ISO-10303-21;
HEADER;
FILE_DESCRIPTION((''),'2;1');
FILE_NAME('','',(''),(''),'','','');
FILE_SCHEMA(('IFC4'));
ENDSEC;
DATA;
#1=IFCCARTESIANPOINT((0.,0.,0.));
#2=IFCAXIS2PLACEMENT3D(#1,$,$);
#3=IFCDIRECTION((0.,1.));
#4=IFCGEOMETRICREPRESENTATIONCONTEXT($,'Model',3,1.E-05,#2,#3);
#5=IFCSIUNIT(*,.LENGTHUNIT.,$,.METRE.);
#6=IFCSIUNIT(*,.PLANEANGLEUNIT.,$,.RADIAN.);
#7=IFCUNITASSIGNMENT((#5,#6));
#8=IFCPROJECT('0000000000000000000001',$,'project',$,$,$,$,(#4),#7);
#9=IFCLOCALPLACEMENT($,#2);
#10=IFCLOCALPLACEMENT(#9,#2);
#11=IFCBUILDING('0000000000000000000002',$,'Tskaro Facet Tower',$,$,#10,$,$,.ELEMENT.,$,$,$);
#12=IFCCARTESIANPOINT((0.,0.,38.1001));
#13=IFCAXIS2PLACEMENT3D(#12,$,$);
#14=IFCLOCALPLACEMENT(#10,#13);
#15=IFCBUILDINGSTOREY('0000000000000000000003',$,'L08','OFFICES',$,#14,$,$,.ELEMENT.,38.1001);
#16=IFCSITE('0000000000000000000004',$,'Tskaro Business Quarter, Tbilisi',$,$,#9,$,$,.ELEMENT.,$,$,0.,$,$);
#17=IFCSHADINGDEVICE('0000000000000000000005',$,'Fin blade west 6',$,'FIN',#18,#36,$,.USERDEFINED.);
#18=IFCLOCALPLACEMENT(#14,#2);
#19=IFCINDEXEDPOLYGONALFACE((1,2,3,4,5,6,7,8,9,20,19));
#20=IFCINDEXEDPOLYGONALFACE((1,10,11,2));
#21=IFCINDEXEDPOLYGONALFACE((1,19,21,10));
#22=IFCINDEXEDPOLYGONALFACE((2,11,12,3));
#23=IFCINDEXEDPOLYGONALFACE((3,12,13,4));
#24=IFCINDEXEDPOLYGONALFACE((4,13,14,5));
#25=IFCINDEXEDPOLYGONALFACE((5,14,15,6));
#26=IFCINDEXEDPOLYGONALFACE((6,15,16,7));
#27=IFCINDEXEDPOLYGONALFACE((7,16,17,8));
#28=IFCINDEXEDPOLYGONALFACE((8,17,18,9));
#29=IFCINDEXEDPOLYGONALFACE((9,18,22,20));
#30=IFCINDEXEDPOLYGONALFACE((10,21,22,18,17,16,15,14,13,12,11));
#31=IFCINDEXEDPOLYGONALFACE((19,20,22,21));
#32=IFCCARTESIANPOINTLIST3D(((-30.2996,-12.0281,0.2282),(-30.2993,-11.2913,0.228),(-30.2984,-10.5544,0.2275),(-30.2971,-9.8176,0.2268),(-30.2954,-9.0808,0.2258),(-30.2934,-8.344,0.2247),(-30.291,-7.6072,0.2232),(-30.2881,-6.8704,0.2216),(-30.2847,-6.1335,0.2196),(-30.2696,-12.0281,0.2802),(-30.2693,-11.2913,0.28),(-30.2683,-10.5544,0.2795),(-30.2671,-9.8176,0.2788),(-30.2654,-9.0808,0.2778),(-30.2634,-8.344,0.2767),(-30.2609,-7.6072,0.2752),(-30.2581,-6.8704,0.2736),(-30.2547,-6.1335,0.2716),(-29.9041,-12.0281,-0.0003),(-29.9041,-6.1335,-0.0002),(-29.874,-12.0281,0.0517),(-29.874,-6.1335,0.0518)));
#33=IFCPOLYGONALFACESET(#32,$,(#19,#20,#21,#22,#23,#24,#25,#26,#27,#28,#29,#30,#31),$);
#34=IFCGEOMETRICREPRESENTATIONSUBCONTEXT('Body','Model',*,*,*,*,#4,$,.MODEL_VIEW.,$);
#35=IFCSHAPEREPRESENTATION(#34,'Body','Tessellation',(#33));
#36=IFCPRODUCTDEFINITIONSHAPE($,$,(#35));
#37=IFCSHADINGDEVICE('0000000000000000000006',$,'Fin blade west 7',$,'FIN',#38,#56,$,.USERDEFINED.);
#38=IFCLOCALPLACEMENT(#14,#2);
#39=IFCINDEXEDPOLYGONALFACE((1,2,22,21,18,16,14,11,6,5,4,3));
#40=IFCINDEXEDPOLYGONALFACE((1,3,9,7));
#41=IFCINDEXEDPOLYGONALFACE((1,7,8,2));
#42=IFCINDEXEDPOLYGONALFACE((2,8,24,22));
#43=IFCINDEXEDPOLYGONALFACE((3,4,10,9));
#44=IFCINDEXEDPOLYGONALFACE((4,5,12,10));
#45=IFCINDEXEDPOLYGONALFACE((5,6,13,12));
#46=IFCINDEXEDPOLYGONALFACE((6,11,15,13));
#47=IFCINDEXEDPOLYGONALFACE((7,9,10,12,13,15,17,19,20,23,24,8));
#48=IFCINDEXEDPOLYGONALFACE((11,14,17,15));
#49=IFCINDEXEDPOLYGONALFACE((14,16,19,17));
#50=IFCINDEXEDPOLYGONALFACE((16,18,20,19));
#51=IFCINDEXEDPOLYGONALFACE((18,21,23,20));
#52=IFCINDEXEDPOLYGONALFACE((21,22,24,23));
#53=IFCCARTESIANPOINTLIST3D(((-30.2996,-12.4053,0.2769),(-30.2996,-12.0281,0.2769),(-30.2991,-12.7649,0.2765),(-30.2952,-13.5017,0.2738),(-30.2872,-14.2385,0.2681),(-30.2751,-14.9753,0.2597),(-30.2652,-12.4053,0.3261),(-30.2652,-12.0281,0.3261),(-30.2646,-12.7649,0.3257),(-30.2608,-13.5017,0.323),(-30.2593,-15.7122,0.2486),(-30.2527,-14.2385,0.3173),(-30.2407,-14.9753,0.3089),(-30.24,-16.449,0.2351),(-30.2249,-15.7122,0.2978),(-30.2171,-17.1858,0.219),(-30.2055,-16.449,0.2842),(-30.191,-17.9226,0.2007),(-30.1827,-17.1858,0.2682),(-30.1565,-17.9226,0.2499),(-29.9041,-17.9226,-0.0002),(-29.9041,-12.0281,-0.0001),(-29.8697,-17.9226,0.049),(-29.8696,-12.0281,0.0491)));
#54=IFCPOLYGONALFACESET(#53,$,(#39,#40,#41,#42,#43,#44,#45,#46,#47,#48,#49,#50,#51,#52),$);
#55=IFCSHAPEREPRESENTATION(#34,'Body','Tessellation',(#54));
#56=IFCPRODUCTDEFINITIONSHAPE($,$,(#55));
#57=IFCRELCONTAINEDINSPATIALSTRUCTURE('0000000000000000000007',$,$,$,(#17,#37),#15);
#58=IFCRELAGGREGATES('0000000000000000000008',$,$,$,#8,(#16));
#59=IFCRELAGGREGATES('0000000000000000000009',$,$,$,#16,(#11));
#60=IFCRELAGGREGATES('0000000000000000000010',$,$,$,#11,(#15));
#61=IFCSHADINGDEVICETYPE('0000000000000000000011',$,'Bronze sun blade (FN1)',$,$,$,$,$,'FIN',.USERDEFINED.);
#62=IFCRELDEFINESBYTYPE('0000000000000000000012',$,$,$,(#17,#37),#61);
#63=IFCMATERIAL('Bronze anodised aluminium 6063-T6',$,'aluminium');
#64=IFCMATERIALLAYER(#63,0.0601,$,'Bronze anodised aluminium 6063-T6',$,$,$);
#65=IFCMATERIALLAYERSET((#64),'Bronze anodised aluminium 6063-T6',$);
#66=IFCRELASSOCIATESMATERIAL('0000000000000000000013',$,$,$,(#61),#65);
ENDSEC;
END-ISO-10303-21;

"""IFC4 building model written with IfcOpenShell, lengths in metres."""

from ifc_helpers import new_model, si_unit, direction, frame, origin, place, context, subcontext, project, spatial, polyline, outline, extrude, material, layer, layer_set, type_object, element, save


model = new_model("IFC4")

# Units and contexts
model_context = context("Model", 3, precision=1e-05, world=origin(), true_north=direction((0.0, 1.0)))
body_context = subcontext(model_context, "Body", "Model", "MODEL_VIEW")
ifc_project = project(units=[si_unit("LENGTHUNIT", "METRE"), si_unit("PLANEANGLEUNIT", "RADIAN")], contexts=[model_context])

# Site, building, storey
site_placement = place(None, origin())
site = spatial("IfcSite", under=ifc_project, at=site_placement, Name="Tskaro Business Quarter, Tbilisi", CompositionType="ELEMENT", RefElevation=0.0)
building_placement = place(site_placement, origin())
building = spatial("IfcBuilding", under=site, at=building_placement, Name="Tskaro Facet Tower", CompositionType="ELEMENT")
storey_placement = place(building_placement, frame((0.0, 0.0, 38.1001)))
storey = spatial("IfcBuildingStorey", under=building, at=storey_placement, Name="L08", Description="OFFICES", CompositionType="ELEMENT", Elevation=38.1001)

# Shared definitions
ifc_material_1 = material(Name="Bronze anodised aluminium 6063-T6", Category="aluminium")

# Shading devices
ifc_layer_1 = layer(ifc_material_1, 0.0601, Name="Bronze anodised aluminium 6063-T6")
ifc_layer_set_1 = layer_set([ifc_layer_1], Name="Bronze anodised aluminium 6063-T6")
shading_device_type = type_object("IfcShadingDeviceType", Name="Bronze sun blade (FN1)", ElementType="FIN", PredefinedType="USERDEFINED", material=ifc_layer_set_1)
shading_device_1_placement = place(storey_placement, frame((-29.874, -6.1335, 0.0518), z_axis=(0.500177, -0.000004, 0.865923), x_axis=(-0.000002, -1.0, -0.000003)))
element("IfcShadingDevice", 1, at=shading_device_1_placement, inside=storey, type_object=shading_device_type, Name="Fin blade west 6", ObjectType="FIN", PredefinedType="USERDEFINED", context=body_context, shape_type="SweptSolid", body=[
    extrude(outline(polyline([(0.0, 0.0), (5.8945, 0.0), (5.8945, -0.4568), (5.1577, -0.4564), (4.4209, -0.4554), (3.6841, -0.4539), (2.9473, -0.452), (2.2104, -0.4497), (1.4736, -0.4468), (0.7368, -0.4435), (0.0, -0.4396), (0.0, 0.0)])), origin(), (0.0, 0.0, -1.0), 0.0601),
])
shading_device_2_placement = place(storey_placement, frame((-29.8696, -12.0281, 0.0491), z_axis=(0.573625, -0.000008, 0.819118), x_axis=(-0.000005, -1.0, -0.000007)))
element("IfcShadingDevice", 2, at=shading_device_2_placement, inside=storey, type_object=shading_device_type, Name="Fin blade west 7", ObjectType="FIN", PredefinedType="USERDEFINED", context=body_context, shape_type="SweptSolid", body=[
    extrude(outline(polyline([(0.0, 0.0), (5.8945, 0.0), (5.8945, -0.3502), (5.1577, -0.3821), (4.4209, -0.41), (3.6841, -0.4337), (2.9473, -0.453), (2.2104, -0.4677), (1.4736, -0.4775), (0.7368, -0.4822), (0.3772, -0.4829), (0.0, -0.4829), (0.0, 0.0)])), origin(), (0.0, 0.0, -1.0), 0.0601),
])

save(model, "model.ifc")
